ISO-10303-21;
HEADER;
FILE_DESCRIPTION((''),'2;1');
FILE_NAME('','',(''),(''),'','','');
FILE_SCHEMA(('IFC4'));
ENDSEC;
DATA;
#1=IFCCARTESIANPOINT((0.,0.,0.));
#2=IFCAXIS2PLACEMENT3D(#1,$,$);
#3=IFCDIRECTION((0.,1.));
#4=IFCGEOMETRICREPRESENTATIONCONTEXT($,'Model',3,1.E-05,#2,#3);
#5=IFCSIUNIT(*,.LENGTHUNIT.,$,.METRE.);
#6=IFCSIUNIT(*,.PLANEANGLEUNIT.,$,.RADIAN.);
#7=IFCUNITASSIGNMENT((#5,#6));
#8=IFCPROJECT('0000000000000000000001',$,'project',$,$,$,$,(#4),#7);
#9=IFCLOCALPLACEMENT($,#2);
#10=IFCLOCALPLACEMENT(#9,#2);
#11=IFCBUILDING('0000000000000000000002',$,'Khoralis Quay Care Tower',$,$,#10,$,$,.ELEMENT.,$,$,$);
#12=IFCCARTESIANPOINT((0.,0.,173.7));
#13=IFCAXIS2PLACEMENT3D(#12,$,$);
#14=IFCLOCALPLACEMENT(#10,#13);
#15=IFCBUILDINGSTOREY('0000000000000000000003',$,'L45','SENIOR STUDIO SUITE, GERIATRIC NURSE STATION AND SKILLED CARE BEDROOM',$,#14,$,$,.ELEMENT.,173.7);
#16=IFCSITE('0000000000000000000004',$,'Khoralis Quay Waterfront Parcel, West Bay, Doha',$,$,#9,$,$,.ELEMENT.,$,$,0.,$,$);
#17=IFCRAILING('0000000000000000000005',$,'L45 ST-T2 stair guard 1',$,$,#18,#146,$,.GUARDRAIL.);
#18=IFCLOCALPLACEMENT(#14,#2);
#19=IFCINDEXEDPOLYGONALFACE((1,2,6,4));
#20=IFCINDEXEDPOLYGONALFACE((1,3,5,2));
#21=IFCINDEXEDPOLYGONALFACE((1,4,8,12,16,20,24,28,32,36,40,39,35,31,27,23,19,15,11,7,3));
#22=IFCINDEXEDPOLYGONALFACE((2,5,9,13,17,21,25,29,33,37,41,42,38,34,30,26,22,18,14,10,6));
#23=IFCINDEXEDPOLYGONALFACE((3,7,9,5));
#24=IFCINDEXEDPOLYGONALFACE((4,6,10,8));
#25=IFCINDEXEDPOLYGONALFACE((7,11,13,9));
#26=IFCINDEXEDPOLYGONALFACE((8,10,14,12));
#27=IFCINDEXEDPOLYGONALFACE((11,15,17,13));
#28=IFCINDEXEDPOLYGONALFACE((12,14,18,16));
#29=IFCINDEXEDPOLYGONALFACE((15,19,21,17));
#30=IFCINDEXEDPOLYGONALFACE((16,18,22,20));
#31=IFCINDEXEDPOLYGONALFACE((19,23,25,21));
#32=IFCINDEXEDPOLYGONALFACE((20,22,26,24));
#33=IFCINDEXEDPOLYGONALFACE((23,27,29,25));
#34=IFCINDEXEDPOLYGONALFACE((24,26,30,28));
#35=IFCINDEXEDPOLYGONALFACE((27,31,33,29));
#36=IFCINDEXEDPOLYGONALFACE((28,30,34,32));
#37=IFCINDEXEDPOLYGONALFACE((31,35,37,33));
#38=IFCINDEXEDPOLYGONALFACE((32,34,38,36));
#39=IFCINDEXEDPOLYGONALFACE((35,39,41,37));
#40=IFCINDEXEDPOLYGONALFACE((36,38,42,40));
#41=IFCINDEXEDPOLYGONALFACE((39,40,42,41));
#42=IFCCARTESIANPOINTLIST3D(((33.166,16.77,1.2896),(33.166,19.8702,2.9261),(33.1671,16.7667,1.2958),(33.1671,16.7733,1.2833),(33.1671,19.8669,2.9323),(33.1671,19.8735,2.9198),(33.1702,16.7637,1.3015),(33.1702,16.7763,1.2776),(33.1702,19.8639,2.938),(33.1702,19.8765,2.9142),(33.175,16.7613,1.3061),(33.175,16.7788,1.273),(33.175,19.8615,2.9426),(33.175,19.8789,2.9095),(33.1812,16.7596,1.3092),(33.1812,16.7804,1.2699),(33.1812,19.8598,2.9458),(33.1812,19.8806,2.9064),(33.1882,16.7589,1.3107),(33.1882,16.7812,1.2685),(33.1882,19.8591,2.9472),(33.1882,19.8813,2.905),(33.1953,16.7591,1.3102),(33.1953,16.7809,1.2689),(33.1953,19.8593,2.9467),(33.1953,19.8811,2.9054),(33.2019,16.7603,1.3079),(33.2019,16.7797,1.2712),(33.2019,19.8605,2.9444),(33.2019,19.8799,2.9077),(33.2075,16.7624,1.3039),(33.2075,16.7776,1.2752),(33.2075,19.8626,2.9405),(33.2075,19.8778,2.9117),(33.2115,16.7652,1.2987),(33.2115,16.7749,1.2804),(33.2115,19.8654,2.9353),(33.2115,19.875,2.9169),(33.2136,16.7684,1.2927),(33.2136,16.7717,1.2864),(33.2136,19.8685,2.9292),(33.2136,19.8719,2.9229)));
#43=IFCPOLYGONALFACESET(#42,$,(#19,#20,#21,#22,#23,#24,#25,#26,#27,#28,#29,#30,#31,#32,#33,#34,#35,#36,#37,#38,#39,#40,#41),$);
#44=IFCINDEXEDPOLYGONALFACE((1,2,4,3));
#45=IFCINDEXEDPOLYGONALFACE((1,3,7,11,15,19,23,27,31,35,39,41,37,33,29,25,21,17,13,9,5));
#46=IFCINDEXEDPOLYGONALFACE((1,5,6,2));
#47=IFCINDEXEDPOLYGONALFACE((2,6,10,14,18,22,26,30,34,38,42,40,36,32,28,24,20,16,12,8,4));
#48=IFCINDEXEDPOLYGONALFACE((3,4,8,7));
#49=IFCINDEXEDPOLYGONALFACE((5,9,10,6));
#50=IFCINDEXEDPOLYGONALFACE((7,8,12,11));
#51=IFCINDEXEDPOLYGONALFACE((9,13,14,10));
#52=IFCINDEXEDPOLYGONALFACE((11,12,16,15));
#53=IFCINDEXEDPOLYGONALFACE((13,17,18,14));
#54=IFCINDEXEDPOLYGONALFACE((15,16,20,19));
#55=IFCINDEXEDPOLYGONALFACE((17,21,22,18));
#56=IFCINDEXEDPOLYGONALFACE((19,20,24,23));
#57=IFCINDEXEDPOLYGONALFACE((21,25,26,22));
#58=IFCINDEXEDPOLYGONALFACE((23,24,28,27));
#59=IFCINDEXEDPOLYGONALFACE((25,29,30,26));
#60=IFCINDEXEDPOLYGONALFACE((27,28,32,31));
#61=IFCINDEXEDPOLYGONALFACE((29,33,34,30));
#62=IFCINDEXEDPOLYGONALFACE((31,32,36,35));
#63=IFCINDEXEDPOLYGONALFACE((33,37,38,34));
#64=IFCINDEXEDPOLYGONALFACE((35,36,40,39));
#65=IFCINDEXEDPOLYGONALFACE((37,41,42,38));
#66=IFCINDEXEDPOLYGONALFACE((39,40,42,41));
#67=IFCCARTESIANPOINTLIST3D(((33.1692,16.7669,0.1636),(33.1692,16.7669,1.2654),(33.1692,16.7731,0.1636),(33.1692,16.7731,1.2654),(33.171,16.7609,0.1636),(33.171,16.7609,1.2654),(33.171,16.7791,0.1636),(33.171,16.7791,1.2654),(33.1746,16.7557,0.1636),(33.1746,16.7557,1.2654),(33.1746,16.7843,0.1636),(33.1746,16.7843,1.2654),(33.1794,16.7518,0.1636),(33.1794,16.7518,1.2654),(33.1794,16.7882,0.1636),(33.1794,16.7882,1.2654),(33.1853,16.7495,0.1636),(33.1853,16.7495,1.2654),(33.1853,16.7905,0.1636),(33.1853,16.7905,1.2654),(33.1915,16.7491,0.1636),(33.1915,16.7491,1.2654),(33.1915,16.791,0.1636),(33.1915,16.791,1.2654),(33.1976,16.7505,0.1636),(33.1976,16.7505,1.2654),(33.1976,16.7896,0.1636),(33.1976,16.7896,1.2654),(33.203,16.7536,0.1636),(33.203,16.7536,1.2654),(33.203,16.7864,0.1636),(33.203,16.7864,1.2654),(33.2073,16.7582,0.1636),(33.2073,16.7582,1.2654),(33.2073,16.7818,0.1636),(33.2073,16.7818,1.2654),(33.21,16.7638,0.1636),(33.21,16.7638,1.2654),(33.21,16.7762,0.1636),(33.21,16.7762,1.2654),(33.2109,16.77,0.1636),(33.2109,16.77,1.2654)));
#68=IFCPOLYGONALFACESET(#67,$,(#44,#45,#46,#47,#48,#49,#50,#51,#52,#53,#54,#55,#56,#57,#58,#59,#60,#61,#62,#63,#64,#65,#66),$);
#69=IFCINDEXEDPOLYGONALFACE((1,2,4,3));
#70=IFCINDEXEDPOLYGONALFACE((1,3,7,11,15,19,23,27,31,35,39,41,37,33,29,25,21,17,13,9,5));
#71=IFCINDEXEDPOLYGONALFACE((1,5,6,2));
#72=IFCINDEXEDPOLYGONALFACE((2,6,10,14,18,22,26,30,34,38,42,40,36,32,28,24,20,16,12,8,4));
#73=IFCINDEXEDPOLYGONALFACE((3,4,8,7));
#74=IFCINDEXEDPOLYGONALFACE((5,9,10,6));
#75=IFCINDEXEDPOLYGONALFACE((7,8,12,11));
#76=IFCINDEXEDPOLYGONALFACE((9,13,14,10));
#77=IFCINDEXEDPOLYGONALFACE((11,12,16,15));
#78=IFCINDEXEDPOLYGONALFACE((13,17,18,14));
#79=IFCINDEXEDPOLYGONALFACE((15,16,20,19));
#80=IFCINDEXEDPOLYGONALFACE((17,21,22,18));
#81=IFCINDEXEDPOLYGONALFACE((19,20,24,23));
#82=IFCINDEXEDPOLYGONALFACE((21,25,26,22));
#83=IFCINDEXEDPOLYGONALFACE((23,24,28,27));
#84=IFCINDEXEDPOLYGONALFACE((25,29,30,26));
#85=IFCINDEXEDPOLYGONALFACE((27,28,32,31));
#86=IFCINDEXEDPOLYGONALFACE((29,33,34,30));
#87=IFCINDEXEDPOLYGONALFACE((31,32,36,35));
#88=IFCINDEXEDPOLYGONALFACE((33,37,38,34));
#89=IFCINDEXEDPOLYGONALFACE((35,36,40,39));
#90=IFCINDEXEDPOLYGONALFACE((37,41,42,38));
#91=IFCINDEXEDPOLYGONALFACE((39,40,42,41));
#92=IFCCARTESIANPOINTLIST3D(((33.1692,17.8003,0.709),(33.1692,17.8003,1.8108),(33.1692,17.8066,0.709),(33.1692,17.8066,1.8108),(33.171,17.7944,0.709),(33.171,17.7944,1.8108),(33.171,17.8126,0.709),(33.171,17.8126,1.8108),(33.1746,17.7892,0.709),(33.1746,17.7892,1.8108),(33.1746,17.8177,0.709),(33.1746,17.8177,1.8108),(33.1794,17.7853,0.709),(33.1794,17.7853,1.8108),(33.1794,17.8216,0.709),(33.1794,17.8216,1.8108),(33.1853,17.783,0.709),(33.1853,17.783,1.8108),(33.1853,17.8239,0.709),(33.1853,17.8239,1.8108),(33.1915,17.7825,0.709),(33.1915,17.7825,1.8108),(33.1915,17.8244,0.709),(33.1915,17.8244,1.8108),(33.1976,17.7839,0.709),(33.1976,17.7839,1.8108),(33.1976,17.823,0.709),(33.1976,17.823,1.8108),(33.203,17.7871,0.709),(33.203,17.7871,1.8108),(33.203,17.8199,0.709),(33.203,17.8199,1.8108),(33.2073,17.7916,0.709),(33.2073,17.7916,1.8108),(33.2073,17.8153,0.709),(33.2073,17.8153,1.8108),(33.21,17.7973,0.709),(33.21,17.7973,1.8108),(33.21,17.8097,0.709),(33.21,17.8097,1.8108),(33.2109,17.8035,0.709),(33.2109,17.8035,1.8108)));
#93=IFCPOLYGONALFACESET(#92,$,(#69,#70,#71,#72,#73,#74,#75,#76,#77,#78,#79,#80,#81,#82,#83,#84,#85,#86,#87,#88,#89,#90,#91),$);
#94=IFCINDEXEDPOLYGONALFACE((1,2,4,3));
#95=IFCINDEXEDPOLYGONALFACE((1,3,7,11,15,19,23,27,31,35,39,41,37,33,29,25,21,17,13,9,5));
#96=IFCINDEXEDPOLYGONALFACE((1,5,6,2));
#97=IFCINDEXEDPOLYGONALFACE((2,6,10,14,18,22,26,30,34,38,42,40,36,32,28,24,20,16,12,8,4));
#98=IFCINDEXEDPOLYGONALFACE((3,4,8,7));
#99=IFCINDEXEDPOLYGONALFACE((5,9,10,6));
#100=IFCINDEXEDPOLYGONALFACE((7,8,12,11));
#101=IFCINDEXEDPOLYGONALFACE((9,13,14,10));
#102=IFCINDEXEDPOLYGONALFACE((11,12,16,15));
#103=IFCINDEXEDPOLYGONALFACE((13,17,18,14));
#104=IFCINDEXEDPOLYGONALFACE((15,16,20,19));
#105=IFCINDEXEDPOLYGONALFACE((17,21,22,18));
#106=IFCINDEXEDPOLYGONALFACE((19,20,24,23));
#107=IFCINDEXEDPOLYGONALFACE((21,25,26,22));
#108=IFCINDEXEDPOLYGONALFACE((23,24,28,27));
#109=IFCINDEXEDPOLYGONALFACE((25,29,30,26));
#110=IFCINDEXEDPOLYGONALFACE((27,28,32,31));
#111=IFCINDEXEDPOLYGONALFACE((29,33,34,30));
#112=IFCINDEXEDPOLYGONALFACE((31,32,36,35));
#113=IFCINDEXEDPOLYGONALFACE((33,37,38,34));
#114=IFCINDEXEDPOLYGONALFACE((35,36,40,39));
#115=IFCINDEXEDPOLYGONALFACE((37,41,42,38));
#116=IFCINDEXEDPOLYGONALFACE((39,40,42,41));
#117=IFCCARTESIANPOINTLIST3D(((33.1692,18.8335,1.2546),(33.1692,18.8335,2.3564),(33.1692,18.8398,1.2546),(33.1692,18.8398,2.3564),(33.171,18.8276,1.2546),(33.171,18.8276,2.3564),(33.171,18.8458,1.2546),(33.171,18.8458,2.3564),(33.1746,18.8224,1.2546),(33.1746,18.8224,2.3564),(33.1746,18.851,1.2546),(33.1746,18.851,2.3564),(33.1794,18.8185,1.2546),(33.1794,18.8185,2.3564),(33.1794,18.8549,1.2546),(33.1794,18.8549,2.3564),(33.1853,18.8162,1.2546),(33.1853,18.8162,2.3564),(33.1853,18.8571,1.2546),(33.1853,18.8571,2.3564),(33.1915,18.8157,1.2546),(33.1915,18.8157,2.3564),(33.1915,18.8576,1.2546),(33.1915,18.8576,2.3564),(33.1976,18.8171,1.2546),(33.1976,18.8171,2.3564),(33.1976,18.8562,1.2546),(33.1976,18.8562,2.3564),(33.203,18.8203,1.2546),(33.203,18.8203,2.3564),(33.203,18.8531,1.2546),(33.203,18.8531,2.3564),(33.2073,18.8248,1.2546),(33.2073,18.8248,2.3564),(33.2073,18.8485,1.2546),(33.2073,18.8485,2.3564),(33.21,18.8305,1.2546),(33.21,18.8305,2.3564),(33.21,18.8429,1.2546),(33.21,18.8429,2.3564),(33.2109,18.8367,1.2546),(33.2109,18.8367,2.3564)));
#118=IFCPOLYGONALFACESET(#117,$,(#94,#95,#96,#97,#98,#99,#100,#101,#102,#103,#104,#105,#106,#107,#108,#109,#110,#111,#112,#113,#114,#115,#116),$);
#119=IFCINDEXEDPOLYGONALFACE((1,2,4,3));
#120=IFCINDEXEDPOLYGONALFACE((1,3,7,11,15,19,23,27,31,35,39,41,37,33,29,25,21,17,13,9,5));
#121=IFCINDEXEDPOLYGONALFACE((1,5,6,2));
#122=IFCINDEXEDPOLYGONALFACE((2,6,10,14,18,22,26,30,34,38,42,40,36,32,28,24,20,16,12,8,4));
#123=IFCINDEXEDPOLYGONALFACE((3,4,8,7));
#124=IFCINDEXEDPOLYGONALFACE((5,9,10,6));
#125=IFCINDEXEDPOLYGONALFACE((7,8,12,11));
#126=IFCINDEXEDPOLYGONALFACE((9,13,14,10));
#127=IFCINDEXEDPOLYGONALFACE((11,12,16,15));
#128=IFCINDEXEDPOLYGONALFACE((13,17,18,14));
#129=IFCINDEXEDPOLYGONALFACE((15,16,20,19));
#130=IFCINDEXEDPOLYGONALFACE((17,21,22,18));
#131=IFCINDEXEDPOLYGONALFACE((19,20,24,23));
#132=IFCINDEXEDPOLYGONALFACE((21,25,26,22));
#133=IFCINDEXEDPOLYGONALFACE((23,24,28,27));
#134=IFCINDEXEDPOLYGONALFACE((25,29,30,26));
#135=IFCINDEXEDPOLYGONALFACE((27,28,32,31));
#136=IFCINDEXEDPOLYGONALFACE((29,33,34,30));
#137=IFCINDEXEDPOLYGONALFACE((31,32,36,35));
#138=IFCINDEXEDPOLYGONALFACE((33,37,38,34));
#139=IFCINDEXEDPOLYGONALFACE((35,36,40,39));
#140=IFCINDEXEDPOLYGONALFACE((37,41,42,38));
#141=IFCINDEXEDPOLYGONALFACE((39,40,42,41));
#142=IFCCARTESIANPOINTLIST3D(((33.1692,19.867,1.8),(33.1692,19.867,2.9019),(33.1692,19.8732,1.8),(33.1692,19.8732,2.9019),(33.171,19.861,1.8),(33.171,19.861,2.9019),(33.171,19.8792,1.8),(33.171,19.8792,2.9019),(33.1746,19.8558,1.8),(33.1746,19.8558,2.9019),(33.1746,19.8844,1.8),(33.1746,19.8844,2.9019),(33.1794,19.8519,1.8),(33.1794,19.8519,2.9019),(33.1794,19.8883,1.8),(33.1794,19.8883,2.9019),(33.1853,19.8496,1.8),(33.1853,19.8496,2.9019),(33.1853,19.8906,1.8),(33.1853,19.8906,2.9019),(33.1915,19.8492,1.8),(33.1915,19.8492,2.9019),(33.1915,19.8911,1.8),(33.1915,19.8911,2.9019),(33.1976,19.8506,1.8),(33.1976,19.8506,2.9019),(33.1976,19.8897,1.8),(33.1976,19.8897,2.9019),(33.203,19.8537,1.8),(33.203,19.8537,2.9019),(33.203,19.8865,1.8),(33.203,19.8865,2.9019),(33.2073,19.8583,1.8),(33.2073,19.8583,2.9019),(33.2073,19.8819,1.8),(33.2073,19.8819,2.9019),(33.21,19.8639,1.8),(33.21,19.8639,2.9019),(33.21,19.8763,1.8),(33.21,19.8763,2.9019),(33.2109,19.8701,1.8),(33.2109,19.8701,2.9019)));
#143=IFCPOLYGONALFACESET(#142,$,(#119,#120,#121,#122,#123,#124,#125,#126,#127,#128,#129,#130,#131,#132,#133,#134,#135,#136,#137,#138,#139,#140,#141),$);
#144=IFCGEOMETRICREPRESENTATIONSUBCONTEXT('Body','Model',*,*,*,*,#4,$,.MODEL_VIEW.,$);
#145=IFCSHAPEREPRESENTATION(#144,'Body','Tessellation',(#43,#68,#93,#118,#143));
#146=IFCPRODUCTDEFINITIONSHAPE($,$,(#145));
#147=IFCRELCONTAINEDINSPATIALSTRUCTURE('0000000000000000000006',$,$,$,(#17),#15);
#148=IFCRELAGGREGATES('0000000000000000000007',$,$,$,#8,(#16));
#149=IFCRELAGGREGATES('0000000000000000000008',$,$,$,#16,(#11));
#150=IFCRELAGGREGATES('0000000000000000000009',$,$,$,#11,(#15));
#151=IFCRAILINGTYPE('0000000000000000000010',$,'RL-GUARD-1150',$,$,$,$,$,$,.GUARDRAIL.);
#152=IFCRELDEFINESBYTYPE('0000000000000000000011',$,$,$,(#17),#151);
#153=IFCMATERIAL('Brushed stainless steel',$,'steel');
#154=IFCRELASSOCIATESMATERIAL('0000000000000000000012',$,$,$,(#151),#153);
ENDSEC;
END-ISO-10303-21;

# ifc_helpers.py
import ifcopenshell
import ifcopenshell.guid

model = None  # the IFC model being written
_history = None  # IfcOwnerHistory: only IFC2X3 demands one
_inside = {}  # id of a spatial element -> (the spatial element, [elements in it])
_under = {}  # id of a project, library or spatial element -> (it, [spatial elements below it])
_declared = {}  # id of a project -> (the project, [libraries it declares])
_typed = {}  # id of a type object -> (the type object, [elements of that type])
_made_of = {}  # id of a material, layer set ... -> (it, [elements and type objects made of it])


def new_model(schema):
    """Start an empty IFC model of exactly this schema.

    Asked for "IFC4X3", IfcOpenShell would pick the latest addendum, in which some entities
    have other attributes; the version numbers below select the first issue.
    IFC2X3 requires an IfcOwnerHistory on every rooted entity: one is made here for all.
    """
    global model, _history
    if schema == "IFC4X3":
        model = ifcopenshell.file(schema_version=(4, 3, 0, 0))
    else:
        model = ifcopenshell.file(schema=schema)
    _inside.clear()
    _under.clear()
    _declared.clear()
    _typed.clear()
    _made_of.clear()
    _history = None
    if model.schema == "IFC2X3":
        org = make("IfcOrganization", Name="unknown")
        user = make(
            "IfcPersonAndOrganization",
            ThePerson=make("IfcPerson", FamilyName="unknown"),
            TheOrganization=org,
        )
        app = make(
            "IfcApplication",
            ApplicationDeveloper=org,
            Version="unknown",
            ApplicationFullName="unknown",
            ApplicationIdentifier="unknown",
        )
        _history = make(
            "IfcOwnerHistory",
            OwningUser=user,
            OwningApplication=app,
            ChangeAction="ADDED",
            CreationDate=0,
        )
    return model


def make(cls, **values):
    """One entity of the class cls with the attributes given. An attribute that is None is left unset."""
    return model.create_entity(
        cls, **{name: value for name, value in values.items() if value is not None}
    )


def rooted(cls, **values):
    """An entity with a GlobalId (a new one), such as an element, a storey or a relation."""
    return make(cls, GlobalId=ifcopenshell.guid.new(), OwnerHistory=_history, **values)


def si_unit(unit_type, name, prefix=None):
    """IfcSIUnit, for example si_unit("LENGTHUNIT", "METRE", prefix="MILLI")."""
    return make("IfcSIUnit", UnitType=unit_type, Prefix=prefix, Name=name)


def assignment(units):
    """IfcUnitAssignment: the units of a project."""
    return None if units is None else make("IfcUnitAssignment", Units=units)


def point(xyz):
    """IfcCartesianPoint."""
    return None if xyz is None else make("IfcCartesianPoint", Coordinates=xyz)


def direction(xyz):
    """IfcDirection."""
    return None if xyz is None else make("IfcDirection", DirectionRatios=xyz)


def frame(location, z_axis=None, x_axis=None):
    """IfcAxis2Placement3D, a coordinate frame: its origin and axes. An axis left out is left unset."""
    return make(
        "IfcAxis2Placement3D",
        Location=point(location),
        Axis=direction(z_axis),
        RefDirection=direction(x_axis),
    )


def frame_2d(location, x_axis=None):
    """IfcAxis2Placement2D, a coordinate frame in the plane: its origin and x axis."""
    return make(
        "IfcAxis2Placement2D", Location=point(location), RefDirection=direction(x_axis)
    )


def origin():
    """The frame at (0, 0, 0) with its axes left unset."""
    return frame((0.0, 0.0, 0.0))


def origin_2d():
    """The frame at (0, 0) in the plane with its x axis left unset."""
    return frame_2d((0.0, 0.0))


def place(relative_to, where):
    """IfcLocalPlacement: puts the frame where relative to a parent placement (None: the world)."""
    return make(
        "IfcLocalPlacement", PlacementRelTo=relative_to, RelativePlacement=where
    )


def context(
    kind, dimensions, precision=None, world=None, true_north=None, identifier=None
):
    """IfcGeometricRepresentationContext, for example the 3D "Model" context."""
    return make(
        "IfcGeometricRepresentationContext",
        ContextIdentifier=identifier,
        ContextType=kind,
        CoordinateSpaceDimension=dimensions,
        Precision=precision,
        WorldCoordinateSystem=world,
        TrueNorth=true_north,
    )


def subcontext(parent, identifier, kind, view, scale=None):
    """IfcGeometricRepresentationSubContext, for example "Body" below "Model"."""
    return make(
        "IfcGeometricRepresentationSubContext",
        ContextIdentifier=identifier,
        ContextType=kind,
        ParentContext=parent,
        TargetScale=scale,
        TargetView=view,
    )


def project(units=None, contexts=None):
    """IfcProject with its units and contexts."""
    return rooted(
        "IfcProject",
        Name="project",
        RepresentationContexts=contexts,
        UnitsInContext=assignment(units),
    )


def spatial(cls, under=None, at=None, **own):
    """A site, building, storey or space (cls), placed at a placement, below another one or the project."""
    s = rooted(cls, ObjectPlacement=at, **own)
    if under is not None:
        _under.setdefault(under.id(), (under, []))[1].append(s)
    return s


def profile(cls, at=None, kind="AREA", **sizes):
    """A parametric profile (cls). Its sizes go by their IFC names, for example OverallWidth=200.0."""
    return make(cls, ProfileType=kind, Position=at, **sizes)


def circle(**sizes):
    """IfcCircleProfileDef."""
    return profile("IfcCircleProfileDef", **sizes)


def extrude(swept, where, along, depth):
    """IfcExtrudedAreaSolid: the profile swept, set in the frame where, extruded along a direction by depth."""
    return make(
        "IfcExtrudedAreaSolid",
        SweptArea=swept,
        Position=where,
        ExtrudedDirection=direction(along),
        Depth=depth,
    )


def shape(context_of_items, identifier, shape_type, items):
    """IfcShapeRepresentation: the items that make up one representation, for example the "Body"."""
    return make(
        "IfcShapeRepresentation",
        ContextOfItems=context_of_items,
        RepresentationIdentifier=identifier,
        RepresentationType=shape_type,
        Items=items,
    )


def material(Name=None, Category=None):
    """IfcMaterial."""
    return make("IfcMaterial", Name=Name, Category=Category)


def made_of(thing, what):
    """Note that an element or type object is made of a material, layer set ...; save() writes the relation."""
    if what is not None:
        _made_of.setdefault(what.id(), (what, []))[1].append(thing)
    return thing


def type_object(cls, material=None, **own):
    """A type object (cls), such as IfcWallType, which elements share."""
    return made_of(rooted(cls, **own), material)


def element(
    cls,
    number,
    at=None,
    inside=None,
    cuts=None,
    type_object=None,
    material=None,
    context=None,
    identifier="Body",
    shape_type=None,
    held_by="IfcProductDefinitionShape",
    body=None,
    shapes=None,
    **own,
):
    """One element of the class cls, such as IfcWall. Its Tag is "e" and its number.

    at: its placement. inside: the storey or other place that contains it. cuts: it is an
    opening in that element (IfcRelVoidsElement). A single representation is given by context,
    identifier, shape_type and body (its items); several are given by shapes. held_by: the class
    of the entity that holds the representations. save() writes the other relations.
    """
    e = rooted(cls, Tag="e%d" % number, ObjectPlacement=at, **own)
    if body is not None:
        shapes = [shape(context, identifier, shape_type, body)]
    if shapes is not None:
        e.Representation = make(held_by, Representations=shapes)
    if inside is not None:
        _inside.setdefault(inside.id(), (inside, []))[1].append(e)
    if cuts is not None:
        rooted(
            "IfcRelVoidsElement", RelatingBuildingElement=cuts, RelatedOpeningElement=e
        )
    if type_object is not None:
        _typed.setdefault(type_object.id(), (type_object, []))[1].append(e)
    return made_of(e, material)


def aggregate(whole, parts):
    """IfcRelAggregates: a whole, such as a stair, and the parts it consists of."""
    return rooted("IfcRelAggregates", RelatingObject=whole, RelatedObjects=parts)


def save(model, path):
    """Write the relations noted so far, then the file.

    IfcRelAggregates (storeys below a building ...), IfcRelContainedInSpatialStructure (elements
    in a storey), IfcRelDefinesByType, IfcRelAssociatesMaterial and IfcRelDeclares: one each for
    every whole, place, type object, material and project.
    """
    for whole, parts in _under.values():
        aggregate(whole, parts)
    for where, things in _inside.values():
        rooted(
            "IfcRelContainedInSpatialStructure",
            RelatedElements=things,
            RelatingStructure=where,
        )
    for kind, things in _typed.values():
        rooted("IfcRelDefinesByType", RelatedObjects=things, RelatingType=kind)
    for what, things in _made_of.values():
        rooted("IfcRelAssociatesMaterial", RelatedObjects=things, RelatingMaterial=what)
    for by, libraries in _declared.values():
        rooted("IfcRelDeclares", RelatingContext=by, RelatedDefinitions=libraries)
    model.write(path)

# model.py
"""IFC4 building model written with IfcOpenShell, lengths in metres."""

from ifc_helpers import new_model, si_unit, direction, frame, origin, origin_2d, place, context, subcontext, project, spatial, circle, extrude, material, type_object, element, save


model = new_model("IFC4")

# Units and contexts
model_context = context("Model", 3, precision=1e-05, world=origin(), true_north=direction((0.0, 1.0)))
body_context = subcontext(model_context, "Body", "Model", "MODEL_VIEW")
ifc_project = project(units=[si_unit("LENGTHUNIT", "METRE"), si_unit("PLANEANGLEUNIT", "RADIAN")], contexts=[model_context])

# Site, building, storey
site_placement = place(None, origin())
site = spatial("IfcSite", under=ifc_project, at=site_placement, Name="Khoralis Quay Waterfront Parcel, West Bay, Doha", CompositionType="ELEMENT", RefElevation=0.0)
building_placement = place(site_placement, origin())
building = spatial("IfcBuilding", under=site, at=building_placement, Name="Khoralis Quay Care Tower", CompositionType="ELEMENT")
storey_placement = place(building_placement, frame((0.0, 0.0, 173.7)))
storey = spatial("IfcBuildingStorey", under=building, at=storey_placement, Name="L45", Description="SENIOR STUDIO SUITE, GERIATRIC NURSE STATION AND SKILLED CARE BEDROOM", CompositionType="ELEMENT", Elevation=173.7)

# Railing
ifc_material_1 = material(Name="Brushed stainless steel", Category="steel")
railing_type_1 = type_object("IfcRailingType", Name="RL-GUARD-1150", PredefinedType="GUARDRAIL", material=ifc_material_1)
railing_1_placement = place(storey_placement, frame((33.1899, 16.77, 0.1636)))
element("IfcRailing", 1, at=railing_1_placement, inside=storey, type_object=railing_type_1, Name="L45 ST-T2 stair guard 1", PredefinedType="GUARDRAIL", context=body_context, shape_type="SweptSolid", body=[
    extrude(circle(Radius=0.0239, at=origin_2d()), frame((0.0, 0.0, 1.126), z_axis=(0.0, 0.884348, 0.466828), x_axis=(-1.0, 0.0, 0.0)), (0.0, 0.0, 1.0), 3.5056),
    extrude(circle(Radius=0.021, at=origin_2d()), origin(), (0.0, 0.0, 1.0), 1.1018),
    extrude(circle(Radius=0.021, at=origin_2d()), frame((0.0, 1.0334, 0.5454)), (0.0, 0.0, 1.0), 1.1018),
    extrude(circle(Radius=0.021, at=origin_2d()), frame((0.0, 2.0667, 1.0911)), (0.0, 0.0, 1.0), 1.1018),
    extrude(circle(Radius=0.021, at=origin_2d()), frame((0.0, 3.1001, 1.6365)), (0.0, 0.0, 1.0), 1.1018),
])

save(model, "model.ifc")
